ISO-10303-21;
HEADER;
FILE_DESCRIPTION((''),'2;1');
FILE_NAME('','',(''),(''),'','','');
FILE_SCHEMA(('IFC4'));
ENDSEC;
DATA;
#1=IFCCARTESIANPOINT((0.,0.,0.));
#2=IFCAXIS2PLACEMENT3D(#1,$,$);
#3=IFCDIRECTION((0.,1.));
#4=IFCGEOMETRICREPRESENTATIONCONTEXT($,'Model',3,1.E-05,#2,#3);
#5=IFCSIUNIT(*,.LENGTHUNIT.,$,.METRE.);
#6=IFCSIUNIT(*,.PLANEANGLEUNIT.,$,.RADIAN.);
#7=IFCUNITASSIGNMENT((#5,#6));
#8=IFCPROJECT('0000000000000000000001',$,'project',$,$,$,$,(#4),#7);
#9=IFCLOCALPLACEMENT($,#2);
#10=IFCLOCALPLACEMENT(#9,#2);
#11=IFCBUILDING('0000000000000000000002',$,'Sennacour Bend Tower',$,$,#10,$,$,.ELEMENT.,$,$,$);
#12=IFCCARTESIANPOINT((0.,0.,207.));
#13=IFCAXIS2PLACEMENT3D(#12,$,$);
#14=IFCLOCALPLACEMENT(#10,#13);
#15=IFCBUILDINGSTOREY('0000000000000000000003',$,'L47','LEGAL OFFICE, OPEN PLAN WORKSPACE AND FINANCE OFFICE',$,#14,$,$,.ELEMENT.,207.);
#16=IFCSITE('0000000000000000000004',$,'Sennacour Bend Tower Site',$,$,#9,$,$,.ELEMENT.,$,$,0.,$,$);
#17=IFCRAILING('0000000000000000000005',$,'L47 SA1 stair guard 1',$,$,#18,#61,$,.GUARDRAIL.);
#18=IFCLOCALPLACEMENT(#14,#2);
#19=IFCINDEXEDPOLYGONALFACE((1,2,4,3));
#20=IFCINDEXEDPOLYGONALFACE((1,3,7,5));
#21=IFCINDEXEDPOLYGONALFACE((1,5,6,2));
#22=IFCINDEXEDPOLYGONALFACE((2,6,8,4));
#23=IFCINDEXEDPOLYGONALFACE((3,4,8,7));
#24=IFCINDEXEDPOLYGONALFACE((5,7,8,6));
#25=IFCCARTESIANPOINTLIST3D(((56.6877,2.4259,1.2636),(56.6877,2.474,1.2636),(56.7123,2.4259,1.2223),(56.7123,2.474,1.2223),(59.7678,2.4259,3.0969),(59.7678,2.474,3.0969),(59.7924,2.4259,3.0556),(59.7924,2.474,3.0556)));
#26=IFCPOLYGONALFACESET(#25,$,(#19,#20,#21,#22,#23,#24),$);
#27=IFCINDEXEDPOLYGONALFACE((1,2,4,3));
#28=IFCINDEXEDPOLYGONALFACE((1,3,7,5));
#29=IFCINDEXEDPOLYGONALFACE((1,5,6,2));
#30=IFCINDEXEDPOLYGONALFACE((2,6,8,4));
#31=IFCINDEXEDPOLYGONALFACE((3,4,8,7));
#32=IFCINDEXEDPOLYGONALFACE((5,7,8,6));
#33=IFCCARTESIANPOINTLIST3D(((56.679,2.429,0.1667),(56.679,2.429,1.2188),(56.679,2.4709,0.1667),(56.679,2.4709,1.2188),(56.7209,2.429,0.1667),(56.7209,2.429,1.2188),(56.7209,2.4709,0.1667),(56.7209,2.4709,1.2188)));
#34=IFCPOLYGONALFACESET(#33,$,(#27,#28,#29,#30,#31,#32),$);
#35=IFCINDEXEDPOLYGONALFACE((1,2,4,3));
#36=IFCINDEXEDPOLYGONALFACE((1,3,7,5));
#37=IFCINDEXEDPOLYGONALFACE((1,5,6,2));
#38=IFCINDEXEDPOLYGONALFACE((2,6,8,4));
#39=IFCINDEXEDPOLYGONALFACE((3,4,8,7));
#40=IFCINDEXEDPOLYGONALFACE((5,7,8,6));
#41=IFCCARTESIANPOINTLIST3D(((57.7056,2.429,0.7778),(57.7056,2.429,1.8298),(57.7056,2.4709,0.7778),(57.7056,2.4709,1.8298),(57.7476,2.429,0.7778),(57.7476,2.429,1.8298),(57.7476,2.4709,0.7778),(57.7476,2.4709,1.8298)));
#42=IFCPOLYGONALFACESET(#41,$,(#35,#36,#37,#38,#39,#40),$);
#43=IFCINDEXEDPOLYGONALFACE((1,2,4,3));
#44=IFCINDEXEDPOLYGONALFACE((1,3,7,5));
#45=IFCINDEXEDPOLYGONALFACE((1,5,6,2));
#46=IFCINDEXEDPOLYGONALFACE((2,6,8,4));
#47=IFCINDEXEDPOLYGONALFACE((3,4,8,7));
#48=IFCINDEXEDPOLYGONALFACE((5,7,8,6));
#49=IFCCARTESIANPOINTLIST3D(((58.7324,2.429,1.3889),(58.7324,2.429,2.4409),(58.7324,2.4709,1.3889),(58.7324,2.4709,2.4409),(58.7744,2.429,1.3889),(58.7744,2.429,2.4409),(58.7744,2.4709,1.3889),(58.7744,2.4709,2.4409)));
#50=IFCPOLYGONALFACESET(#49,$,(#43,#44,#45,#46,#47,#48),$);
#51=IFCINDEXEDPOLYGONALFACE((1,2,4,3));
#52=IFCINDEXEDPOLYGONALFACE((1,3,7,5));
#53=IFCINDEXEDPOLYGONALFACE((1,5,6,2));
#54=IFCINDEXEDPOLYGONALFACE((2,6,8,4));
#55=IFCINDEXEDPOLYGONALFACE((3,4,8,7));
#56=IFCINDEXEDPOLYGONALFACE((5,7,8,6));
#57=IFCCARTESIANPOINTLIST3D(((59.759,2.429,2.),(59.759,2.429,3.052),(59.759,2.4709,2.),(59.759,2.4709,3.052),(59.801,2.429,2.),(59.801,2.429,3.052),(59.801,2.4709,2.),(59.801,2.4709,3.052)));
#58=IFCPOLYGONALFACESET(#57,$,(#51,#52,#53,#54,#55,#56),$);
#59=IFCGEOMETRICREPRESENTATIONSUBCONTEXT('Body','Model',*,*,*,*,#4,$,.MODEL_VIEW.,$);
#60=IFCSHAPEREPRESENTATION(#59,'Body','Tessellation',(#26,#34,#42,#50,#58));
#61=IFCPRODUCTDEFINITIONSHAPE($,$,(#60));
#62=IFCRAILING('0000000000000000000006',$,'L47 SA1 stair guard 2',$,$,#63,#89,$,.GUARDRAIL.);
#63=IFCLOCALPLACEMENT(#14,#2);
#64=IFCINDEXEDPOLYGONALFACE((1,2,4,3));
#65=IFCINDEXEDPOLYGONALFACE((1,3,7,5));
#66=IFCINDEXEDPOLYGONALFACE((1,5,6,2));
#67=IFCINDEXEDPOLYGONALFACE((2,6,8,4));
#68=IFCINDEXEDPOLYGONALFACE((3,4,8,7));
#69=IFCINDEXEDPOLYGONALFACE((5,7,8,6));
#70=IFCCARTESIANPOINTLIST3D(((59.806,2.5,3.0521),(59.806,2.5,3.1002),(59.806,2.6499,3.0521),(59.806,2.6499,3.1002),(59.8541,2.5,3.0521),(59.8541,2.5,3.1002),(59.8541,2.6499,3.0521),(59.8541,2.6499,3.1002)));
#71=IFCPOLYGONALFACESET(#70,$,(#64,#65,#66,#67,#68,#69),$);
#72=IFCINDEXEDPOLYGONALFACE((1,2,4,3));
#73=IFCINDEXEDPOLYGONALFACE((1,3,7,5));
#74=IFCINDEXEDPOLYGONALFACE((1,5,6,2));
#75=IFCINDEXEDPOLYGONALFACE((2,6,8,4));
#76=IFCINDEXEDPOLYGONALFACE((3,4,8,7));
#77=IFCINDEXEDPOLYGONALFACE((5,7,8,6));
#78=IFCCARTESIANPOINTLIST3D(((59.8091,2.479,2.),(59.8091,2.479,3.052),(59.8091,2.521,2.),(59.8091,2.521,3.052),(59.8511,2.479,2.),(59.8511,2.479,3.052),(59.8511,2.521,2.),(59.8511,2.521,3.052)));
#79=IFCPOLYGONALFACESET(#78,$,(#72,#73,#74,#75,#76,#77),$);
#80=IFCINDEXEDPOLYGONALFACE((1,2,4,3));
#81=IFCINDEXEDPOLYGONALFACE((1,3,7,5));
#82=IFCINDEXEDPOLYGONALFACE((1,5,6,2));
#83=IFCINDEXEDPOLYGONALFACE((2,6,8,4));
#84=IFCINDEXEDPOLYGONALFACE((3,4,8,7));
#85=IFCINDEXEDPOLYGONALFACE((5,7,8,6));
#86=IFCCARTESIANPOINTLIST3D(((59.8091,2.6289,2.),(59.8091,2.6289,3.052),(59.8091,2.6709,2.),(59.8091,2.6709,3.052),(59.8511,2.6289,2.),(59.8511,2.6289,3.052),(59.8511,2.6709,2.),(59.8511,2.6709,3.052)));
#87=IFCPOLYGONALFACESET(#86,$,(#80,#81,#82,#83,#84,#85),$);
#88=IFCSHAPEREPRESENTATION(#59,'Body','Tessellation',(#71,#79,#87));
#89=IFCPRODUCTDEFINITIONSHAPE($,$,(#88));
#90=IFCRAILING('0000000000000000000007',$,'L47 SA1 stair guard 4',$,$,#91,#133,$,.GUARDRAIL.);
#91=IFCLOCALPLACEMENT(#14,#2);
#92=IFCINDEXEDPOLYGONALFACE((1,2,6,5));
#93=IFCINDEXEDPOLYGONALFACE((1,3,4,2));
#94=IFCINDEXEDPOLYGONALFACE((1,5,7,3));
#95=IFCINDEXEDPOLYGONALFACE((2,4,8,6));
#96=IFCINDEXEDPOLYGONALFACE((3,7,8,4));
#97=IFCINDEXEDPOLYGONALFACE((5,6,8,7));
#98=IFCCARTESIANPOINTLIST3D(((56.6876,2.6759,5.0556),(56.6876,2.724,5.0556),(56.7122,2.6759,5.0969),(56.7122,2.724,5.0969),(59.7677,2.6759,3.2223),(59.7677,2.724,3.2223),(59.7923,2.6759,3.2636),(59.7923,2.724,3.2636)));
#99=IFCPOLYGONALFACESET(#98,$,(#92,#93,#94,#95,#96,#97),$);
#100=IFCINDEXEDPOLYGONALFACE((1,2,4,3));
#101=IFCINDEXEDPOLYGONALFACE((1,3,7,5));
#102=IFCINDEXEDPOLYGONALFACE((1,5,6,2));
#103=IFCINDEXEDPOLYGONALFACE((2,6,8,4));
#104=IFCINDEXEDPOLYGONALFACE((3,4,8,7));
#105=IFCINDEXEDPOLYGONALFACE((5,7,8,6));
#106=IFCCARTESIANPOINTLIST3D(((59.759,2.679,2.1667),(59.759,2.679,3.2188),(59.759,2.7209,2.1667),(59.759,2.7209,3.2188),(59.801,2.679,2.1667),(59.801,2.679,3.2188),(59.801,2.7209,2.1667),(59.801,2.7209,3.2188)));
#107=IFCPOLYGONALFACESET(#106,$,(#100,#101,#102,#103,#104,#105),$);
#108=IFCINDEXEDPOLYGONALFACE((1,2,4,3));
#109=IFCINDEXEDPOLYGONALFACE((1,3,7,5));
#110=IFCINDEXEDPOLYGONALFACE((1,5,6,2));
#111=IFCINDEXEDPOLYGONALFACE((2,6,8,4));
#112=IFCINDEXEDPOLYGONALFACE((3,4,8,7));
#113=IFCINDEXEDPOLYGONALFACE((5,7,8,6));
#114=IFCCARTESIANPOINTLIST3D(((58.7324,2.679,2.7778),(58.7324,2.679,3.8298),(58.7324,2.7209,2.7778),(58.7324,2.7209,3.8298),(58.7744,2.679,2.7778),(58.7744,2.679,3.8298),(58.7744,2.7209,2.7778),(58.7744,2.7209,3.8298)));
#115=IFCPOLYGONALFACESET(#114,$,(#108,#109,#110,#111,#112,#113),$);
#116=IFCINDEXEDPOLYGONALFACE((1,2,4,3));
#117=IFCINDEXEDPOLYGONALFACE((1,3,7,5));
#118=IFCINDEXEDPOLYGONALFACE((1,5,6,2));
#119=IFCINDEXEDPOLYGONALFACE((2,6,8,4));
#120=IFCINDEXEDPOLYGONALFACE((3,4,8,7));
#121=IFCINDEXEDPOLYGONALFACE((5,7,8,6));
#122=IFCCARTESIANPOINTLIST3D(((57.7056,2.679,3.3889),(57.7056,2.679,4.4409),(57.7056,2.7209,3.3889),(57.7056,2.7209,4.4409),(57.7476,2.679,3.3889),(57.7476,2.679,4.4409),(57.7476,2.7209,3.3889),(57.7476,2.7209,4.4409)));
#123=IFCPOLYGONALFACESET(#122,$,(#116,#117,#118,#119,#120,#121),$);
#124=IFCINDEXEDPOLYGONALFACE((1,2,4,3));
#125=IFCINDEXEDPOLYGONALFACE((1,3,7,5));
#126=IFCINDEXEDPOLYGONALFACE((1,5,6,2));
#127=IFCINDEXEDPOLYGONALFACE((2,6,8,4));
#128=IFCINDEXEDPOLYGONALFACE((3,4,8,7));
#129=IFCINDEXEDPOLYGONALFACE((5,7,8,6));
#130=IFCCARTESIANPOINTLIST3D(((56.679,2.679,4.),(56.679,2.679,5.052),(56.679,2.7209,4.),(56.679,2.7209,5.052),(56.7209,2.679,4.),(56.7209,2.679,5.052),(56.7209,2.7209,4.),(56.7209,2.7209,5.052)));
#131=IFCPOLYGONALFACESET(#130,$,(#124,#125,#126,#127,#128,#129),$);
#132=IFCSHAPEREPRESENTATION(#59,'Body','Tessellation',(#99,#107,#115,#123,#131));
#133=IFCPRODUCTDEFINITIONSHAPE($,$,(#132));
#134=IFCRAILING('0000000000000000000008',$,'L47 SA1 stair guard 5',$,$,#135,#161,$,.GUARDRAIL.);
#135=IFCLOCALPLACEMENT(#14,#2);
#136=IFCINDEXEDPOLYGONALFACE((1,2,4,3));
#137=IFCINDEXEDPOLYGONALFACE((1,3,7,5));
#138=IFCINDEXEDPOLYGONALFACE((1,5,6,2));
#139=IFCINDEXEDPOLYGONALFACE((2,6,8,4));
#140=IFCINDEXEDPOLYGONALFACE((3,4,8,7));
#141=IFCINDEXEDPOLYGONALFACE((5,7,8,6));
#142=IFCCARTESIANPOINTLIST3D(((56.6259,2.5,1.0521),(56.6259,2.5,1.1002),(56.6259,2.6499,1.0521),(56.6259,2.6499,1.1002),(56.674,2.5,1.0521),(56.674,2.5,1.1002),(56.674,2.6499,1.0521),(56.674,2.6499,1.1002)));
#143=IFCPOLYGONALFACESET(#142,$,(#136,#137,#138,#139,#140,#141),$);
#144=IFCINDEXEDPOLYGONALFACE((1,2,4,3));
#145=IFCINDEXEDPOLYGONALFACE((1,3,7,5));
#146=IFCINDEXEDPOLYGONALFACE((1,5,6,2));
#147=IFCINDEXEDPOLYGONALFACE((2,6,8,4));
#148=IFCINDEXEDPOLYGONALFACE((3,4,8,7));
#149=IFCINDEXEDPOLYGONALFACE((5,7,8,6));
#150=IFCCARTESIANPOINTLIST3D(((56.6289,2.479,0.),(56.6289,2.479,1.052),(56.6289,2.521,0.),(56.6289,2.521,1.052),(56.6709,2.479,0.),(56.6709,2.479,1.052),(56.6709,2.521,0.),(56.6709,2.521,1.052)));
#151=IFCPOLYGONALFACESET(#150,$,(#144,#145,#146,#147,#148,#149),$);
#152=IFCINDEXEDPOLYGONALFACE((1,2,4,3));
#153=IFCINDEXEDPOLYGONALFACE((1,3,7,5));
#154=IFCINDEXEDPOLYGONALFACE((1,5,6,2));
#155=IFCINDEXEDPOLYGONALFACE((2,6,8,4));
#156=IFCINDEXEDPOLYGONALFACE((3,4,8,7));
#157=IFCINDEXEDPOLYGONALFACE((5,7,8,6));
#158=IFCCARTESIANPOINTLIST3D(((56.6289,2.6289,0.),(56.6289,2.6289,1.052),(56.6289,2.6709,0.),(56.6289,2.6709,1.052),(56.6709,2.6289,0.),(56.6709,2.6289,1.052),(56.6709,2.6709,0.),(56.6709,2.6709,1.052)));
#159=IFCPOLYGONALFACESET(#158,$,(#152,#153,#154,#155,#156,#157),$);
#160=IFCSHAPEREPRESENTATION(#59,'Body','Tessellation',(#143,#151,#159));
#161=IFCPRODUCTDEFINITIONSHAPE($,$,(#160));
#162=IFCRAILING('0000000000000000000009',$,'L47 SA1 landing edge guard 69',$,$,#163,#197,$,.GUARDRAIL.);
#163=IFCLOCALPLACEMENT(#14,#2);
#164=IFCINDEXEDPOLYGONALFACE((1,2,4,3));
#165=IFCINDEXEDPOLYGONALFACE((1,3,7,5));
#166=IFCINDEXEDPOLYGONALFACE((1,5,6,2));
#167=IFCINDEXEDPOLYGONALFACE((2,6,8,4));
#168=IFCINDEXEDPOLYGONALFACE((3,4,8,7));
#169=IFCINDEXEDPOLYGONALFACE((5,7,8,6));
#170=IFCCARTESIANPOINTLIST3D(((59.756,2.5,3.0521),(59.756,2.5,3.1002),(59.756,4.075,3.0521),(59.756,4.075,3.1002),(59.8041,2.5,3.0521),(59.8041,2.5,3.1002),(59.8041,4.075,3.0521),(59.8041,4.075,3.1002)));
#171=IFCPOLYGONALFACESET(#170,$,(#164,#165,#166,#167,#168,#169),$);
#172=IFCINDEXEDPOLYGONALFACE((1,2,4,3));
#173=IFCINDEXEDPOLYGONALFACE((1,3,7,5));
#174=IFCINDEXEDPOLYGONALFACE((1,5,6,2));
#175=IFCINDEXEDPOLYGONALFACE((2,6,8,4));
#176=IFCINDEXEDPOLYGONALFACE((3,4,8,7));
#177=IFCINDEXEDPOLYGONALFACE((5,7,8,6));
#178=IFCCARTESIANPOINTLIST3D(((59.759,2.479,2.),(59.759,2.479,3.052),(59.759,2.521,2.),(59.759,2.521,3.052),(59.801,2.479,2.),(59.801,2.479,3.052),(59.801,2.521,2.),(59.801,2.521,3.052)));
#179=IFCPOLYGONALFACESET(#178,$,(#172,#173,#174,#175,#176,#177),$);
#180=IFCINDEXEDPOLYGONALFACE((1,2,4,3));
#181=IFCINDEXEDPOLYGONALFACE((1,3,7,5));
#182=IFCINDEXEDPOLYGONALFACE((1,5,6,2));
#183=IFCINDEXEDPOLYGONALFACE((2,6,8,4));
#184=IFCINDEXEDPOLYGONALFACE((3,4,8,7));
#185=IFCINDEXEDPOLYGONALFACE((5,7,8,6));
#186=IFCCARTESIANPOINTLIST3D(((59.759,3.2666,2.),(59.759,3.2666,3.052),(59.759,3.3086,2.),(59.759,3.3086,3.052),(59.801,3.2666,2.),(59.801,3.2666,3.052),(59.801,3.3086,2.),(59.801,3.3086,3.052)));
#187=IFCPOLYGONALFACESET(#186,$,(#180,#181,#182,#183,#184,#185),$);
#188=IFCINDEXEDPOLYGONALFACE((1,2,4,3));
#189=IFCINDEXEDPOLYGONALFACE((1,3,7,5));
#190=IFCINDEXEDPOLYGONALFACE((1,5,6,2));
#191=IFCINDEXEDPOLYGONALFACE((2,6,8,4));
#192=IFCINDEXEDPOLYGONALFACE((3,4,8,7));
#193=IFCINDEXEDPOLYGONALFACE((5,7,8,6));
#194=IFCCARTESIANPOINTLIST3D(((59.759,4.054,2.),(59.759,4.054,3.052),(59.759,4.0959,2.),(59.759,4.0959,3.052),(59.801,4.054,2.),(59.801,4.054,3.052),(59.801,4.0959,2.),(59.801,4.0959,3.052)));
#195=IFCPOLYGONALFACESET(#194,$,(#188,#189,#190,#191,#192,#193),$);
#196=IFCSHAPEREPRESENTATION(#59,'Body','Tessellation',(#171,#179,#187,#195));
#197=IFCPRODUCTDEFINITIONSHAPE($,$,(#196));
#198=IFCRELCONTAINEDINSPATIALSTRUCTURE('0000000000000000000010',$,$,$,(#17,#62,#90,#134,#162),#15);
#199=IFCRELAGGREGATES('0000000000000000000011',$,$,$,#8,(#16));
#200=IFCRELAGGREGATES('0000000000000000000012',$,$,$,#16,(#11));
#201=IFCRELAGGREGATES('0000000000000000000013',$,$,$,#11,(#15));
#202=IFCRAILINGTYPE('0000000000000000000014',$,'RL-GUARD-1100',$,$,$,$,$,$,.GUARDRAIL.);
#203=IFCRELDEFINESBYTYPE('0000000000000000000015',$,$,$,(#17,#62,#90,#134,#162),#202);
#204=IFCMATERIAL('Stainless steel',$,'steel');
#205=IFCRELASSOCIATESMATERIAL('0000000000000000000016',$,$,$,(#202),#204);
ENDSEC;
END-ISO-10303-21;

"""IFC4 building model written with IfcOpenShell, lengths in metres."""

from ifc_helpers import new_model, si_unit, direction, frame, origin, origin_2d, place, context, subcontext, project, spatial, rectangle, extrude, material, type_object, element, save


model = new_model("IFC4")

# Units and contexts
model_context = context("Model", 3, precision=1e-05, world=origin(), true_north=direction((0.0, 1.0)))
body_context = subcontext(model_context, "Body", "Model", "MODEL_VIEW")
ifc_project = project(units=[si_unit("LENGTHUNIT", "METRE"), si_unit("PLANEANGLEUNIT", "RADIAN")], contexts=[model_context])

# Site, building, storey
site_placement = place(None, origin())
site = spatial("IfcSite", under=ifc_project, at=site_placement, Name="Sennacour Bend Tower Site", CompositionType="ELEMENT", RefElevation=0.0)
building_placement = place(site_placement, origin())
building = spatial("IfcBuilding", under=site, at=building_placement, Name="Sennacour Bend Tower", CompositionType="ELEMENT")
storey_placement = place(building_placement, frame((0.0, 0.0, 207.0)))
storey = spatial("IfcBuildingStorey", under=building, at=storey_placement, Name="L47", Description="LEGAL OFFICE, OPEN PLAN WORKSPACE AND FINANCE OFFICE", CompositionType="ELEMENT", Elevation=207.0)

# Railings
ifc_material_1 = material(Name="Stainless steel", Category="steel")
railing_type_1 = type_object("IfcRailingType", Name="RL-GUARD-1100", PredefinedType="GUARDRAIL", material=ifc_material_1)
railing_1_placement = place(storey_placement, frame((56.7, 2.45, 0.1667)))
element("IfcRailing", 1, at=railing_1_placement, inside=storey, type_object=railing_type_1, Name="L47 SA1 stair guard 1", PredefinedType="GUARDRAIL", context=body_context, shape_type="SweptSolid", body=[
    extrude(rectangle(XDim=0.0481, YDim=0.0481, at=origin_2d()), frame((0.0, 0.0, 1.0762), z_axis=(0.859309, 0.0, 0.511458), x_axis=(0.0, 1.0, 0.0)), (0.0, 0.0, 1.0), 3.5845),
    extrude(rectangle(XDim=0.042, YDim=0.042, at=origin_2d()), origin(), (0.0, 0.0, 1.0), 1.052),
    extrude(rectangle(XDim=0.042, YDim=0.042, at=origin_2d()), frame((1.0266, 0.0, 0.6111)), (0.0, 0.0, 1.0), 1.052),
    extrude(rectangle(XDim=0.042, YDim=0.042, at=origin_2d()), frame((2.0535, 0.0, 1.2222)), (0.0, 0.0, 1.0), 1.052),
    extrude(rectangle(XDim=0.042, YDim=0.042, at=origin_2d()), frame((3.0801, 0.0, 1.8333)), (0.0, 0.0, 1.0), 1.052),
])
railing_2_placement = place(storey_placement, frame((59.8301, 2.5, 2.0)))
element("IfcRailing", 2, at=railing_2_placement, inside=storey, type_object=railing_type_1, Name="L47 SA1 stair guard 2", PredefinedType="GUARDRAIL", context=body_context, shape_type="SweptSolid", body=[
    extrude(rectangle(XDim=0.0481, YDim=0.0481, at=origin_2d()), frame((0.0, 0.0, 1.0762), z_axis=(0.0, 1.0, 0.0), x_axis=(-1.0, 0.0, 0.0)), (0.0, 0.0, 1.0), 0.1499),
    extrude(rectangle(XDim=0.042, YDim=0.042, at=origin_2d()), origin(), (0.0, 0.0, 1.0), 1.052),
    extrude(rectangle(XDim=0.042, YDim=0.042, at=origin_2d()), frame((0.0, 0.1499, 0.0)), (0.0, 0.0, 1.0), 1.052),
])
railing_3_placement = place(storey_placement, frame((59.78, 2.7, 2.1667)))
element("IfcRailing", 3, at=railing_3_placement, inside=storey, type_object=railing_type_1, Name="L47 SA1 stair guard 4", PredefinedType="GUARDRAIL", context=body_context, shape_type="SweptSolid", body=[
    extrude(rectangle(XDim=0.0481, YDim=0.0481, at=origin_2d()), frame((0.0, 0.0, 1.0762), z_axis=(-0.859309, 0.0, 0.511458), x_axis=(0.0, -1.0, 0.0)), (0.0, 0.0, 1.0), 3.5845),
    extrude(rectangle(XDim=0.042, YDim=0.042, at=origin_2d()), origin(), (0.0, 0.0, 1.0), 1.052),
    extrude(rectangle(XDim=0.042, YDim=0.042, at=origin_2d()), frame((-1.0266, 0.0, 0.6111)), (0.0, 0.0, 1.0), 1.052),
    extrude(rectangle(XDim=0.042, YDim=0.042, at=origin_2d()), frame((-2.0535, 0.0, 1.2222)), (0.0, 0.0, 1.0), 1.052),
    extrude(rectangle(XDim=0.042, YDim=0.042, at=origin_2d()), frame((-3.0801, 0.0, 1.8333)), (0.0, 0.0, 1.0), 1.052),
])
railing_4_placement = place(storey_placement, frame((56.6499, 2.5, 0.0)))
element("IfcRailing", 4, at=railing_4_placement, inside=storey, type_object=railing_type_1, Name="L47 SA1 stair guard 5", PredefinedType="GUARDRAIL", context=body_context, shape_type="SweptSolid", body=[
    extrude(rectangle(XDim=0.0481, YDim=0.0481, at=origin_2d()), frame((0.0, 0.0, 1.0762), z_axis=(0.0, 1.0, 0.0), x_axis=(-1.0, 0.0, 0.0)), (0.0, 0.0, 1.0), 0.1499),
    extrude(rectangle(XDim=0.042, YDim=0.042, at=origin_2d()), origin(), (0.0, 0.0, 1.0), 1.052),
    extrude(rectangle(XDim=0.042, YDim=0.042, at=origin_2d()), frame((0.0, 0.1499, 0.0)), (0.0, 0.0, 1.0), 1.052),
])
railing_5_placement = place(storey_placement, frame((59.78, 2.5, 2.0)))
element("IfcRailing", 5, at=railing_5_placement, inside=storey, type_object=railing_type_1, Name="L47 SA1 landing edge guard 69", PredefinedType="GUARDRAIL", context=body_context, shape_type="SweptSolid", body=[
    extrude(rectangle(XDim=0.0481, YDim=0.0481, at=origin_2d()), frame((0.0, 0.0, 1.0762), z_axis=(0.0, 1.0, 0.0), x_axis=(-1.0, 0.0, 0.0)), (0.0, 0.0, 1.0), 1.575),
    extrude(rectangle(XDim=0.042, YDim=0.042, at=origin_2d()), origin(), (0.0, 0.0, 1.0), 1.052),
    extrude(rectangle(XDim=0.042, YDim=0.042, at=origin_2d()), frame((0.0, 0.7876, 0.0)), (0.0, 0.0, 1.0), 1.052),
    extrude(rectangle(XDim=0.042, YDim=0.042, at=origin_2d()), frame((0.0, 1.575, 0.0)), (0.0, 0.0, 1.0), 1.052),
])

save(model, "model.ifc")
